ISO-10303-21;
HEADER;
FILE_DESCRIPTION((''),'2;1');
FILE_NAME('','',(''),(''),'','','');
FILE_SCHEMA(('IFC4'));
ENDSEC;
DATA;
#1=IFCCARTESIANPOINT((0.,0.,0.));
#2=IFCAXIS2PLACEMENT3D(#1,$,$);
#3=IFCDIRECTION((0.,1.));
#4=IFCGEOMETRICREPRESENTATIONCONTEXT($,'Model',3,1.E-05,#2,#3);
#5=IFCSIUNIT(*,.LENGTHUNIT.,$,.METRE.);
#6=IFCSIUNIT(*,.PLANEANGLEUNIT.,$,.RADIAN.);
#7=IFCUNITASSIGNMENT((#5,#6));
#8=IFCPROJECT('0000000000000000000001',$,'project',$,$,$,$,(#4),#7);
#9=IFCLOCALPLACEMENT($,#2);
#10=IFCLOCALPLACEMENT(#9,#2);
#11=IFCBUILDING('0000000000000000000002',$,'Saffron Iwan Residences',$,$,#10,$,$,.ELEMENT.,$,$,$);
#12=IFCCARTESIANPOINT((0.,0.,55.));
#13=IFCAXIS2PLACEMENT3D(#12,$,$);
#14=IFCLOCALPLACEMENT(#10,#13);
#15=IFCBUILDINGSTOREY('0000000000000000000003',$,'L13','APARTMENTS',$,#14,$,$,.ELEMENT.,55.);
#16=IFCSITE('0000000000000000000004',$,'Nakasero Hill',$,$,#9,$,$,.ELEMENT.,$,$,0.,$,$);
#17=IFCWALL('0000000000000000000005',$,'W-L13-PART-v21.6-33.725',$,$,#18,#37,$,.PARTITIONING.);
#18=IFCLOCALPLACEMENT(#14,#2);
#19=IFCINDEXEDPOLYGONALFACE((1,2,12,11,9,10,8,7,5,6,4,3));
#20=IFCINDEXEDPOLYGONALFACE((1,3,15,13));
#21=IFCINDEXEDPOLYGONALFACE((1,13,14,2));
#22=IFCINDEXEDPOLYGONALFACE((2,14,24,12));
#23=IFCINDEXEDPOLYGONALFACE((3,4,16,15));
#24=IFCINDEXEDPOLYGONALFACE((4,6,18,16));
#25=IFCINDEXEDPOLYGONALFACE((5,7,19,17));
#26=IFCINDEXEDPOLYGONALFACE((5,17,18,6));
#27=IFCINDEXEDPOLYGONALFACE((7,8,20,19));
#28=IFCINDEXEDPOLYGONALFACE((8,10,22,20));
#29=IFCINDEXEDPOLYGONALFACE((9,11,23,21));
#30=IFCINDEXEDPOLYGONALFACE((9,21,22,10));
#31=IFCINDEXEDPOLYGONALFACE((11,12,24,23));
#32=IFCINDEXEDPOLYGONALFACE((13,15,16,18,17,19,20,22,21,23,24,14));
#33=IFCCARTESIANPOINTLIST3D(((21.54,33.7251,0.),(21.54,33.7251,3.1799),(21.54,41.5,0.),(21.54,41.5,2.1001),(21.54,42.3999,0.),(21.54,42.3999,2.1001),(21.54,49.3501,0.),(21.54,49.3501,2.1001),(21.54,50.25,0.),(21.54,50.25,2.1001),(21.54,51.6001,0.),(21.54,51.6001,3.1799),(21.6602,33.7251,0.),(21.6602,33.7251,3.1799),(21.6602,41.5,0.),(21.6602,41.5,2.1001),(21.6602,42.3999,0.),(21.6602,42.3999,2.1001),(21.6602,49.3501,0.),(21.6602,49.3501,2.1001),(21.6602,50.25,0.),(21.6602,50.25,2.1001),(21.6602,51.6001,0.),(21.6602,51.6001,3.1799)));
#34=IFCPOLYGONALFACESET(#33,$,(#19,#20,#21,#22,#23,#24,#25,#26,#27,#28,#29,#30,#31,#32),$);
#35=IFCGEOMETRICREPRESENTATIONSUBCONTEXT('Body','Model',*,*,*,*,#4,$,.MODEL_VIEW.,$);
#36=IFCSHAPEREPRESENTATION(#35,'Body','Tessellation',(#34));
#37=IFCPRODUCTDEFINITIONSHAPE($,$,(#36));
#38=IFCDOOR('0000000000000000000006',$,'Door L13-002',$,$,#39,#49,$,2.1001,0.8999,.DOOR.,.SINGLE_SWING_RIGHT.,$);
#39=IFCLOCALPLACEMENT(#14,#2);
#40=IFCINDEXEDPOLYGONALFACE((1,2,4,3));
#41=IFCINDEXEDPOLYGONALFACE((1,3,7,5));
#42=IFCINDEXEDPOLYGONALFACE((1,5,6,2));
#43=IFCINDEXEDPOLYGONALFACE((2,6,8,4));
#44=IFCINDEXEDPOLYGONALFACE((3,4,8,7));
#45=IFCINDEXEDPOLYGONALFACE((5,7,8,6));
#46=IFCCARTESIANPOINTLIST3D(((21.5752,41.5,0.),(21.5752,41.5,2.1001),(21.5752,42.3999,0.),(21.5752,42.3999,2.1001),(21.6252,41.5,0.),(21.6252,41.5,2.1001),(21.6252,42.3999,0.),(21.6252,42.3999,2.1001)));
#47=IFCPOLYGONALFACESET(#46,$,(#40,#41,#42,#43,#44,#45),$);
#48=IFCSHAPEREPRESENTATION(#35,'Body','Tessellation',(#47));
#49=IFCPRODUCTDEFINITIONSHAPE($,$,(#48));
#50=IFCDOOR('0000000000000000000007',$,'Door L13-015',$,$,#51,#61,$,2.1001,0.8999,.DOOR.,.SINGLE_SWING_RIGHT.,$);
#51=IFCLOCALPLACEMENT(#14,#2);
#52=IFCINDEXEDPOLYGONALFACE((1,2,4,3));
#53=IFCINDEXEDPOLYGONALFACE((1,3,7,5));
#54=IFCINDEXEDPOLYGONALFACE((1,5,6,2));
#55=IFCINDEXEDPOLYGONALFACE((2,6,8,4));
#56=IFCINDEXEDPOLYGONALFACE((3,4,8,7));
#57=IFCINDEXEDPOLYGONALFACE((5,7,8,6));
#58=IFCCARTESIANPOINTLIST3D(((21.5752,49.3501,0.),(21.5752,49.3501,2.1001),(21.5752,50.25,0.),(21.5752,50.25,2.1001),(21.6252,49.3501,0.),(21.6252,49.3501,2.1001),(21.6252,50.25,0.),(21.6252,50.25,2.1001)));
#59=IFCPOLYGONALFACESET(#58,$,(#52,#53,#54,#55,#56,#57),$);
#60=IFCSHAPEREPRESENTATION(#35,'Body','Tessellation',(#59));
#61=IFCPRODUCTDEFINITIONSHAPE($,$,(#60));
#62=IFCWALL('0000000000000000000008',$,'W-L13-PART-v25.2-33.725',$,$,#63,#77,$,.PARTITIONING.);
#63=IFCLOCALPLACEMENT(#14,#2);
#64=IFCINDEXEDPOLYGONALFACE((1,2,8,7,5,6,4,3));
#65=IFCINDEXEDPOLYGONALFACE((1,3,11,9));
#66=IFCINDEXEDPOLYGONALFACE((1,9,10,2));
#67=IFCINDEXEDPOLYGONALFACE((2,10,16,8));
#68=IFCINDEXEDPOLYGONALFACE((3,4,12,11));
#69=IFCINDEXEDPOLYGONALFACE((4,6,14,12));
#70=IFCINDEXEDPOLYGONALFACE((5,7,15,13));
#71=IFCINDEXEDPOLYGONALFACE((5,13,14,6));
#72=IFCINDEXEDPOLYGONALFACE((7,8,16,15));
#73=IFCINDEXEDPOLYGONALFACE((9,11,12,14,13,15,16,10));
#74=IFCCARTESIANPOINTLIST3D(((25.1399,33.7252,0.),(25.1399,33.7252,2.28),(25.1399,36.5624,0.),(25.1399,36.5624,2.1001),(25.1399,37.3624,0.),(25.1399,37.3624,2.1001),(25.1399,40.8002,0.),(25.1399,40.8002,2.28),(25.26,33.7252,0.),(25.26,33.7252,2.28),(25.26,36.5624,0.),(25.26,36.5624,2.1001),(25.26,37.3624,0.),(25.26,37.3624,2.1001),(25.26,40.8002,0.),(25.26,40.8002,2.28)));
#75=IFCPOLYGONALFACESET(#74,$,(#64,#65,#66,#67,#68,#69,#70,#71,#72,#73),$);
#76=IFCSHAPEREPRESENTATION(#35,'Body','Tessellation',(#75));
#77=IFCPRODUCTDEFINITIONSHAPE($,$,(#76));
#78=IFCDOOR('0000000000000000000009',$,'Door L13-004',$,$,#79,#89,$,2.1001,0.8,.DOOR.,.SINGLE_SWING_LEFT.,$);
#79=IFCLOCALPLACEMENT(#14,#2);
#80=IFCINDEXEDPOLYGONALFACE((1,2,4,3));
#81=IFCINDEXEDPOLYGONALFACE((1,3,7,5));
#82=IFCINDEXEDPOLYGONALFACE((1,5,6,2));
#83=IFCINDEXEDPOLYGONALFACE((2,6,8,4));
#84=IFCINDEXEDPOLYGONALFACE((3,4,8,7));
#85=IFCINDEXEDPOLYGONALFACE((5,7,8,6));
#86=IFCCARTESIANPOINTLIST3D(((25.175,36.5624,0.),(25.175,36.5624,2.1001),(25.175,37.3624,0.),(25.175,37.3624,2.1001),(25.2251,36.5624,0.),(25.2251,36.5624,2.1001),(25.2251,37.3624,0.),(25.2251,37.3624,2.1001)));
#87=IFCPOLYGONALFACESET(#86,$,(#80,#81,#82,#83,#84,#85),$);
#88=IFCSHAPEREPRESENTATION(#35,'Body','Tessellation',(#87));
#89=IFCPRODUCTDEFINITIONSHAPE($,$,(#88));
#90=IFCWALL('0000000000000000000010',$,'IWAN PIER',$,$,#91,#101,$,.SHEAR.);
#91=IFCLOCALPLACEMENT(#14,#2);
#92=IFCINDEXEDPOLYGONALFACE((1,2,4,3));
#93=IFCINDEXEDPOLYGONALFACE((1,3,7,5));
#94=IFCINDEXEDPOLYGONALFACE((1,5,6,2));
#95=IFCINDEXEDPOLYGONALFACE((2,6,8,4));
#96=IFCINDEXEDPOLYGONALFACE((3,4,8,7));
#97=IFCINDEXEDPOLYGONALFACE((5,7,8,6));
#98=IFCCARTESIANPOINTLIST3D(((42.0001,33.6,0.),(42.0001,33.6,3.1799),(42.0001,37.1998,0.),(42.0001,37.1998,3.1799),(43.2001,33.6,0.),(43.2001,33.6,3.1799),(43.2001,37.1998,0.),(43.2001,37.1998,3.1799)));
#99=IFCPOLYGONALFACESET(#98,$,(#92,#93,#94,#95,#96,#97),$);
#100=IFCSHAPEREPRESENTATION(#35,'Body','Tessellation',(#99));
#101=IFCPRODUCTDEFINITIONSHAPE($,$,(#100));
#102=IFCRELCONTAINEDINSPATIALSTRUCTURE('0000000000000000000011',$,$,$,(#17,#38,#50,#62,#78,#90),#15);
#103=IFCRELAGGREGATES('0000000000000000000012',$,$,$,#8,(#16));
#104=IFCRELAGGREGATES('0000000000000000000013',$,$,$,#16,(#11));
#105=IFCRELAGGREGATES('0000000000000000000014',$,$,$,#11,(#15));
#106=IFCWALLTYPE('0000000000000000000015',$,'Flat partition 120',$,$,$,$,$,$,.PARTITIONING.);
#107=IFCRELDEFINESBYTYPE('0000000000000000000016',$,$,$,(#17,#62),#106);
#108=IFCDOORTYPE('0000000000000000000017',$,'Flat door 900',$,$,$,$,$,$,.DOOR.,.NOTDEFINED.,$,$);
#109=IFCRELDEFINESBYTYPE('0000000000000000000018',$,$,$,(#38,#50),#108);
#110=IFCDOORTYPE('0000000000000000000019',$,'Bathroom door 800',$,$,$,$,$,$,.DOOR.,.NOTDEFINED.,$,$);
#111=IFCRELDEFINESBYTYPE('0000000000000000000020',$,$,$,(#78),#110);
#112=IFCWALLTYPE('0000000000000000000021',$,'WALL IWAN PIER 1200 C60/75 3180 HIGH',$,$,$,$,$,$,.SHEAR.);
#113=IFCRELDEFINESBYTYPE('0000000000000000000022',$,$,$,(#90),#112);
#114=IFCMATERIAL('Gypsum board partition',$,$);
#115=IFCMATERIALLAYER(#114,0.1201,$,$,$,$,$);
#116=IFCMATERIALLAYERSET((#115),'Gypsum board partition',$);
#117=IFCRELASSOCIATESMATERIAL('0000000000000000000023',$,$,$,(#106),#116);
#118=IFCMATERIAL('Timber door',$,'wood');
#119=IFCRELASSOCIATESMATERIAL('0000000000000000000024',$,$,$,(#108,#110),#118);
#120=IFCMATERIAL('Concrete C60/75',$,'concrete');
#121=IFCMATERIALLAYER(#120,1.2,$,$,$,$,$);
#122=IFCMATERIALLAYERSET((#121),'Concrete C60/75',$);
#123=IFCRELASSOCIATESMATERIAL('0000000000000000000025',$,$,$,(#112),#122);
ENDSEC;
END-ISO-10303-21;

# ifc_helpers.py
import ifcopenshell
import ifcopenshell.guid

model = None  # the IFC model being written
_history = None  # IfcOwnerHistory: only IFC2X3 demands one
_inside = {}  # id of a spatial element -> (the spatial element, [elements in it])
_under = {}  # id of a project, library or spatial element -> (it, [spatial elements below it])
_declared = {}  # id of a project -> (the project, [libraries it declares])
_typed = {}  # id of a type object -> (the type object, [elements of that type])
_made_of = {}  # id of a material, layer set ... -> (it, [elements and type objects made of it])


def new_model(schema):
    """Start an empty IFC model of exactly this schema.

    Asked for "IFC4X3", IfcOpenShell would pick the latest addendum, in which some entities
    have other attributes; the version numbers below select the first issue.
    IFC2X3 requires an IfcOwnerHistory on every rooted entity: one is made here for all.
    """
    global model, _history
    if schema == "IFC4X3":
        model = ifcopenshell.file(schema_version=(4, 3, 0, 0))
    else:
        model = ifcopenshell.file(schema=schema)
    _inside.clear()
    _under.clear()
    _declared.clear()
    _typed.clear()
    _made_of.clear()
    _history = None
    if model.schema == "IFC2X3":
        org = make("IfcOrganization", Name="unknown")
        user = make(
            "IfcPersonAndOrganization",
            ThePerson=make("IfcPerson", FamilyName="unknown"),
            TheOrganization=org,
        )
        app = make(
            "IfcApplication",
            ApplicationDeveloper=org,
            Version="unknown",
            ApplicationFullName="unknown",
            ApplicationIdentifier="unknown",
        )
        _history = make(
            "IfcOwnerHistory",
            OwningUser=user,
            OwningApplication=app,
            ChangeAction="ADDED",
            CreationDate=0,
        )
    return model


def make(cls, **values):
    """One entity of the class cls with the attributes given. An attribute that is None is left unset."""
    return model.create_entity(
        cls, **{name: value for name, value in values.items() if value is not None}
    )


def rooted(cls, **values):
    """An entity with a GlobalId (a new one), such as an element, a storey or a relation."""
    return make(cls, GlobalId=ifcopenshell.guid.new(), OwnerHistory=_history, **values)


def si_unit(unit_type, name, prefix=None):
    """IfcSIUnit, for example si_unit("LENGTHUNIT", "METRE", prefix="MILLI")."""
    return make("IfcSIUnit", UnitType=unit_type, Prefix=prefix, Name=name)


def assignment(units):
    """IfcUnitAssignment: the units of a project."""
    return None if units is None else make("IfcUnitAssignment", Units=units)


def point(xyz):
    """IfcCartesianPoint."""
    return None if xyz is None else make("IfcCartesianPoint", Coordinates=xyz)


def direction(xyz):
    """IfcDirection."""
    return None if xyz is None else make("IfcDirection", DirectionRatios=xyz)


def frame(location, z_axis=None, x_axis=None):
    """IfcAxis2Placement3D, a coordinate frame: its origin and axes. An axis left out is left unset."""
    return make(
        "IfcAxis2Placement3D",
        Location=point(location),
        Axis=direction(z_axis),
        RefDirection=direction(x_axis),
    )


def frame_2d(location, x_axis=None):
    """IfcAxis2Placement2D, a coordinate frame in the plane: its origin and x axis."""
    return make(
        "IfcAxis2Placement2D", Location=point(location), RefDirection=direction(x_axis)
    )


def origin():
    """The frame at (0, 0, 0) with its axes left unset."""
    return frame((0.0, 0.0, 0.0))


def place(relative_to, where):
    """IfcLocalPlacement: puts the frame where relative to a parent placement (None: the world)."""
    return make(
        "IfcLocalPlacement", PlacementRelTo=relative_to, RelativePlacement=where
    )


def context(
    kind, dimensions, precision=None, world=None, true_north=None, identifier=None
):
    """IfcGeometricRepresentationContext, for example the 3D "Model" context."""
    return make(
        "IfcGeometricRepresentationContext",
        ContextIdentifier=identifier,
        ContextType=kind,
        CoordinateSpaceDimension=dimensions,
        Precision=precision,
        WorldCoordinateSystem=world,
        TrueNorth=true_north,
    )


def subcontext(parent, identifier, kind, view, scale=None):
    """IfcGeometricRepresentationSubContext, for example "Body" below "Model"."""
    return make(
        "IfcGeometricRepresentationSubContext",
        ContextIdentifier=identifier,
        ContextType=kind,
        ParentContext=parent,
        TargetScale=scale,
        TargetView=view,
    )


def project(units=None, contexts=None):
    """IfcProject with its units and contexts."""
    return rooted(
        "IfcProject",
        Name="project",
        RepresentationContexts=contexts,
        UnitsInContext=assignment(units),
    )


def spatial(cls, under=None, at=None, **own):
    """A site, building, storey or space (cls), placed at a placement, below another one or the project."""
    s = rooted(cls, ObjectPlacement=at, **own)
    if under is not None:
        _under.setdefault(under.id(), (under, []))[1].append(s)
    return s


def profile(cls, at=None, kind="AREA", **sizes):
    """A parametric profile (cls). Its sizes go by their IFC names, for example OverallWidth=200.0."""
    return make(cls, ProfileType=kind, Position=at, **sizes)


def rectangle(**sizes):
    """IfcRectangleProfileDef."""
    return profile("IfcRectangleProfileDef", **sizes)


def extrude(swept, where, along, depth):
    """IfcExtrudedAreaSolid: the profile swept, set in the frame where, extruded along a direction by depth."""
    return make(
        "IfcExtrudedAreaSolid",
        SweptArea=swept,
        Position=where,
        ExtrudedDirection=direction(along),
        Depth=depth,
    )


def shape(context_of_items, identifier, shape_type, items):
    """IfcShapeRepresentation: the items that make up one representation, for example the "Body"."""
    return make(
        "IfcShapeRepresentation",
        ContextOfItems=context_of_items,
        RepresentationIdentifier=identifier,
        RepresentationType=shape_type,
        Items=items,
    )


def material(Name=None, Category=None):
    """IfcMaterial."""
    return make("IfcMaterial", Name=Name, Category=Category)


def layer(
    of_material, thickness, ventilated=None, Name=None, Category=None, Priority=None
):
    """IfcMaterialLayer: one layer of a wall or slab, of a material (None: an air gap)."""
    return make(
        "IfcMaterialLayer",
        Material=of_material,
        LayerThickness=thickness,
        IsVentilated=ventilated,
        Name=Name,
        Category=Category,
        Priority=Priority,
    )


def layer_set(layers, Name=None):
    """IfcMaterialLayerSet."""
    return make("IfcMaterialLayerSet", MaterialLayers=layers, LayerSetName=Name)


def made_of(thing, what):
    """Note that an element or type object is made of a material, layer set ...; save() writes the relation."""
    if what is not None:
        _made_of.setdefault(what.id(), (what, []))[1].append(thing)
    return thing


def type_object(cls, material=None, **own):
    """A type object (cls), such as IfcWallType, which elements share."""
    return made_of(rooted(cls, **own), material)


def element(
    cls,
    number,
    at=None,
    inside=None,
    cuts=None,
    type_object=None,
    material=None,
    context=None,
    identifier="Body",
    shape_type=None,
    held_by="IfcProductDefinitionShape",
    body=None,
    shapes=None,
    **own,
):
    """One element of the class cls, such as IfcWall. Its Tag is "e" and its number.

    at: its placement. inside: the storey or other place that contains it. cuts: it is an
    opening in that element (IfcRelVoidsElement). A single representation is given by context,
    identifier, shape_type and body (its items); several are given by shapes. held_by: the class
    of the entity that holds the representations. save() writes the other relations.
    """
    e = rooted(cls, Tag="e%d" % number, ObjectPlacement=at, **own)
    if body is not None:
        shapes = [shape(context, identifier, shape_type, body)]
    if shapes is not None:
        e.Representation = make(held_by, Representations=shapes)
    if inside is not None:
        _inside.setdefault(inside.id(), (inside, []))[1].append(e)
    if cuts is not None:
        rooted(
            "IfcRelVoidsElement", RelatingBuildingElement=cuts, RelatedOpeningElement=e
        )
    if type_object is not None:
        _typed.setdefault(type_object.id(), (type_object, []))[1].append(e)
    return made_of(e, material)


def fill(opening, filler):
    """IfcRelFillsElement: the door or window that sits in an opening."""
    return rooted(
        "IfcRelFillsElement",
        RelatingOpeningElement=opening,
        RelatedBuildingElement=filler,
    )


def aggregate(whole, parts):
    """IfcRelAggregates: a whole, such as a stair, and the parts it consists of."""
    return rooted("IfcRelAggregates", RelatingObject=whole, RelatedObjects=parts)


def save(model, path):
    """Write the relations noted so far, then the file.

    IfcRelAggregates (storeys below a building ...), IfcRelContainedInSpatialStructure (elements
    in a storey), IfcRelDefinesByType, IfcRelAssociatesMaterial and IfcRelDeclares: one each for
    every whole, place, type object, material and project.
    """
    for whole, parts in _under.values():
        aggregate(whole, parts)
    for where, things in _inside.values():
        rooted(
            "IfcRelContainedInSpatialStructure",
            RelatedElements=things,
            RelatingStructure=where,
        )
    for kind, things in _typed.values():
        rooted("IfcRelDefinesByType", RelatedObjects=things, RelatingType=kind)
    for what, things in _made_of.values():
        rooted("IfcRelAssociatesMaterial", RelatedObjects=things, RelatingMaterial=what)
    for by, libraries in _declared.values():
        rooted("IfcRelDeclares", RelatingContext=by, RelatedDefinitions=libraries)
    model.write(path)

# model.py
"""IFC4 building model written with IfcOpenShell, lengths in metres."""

from ifc_helpers import new_model, si_unit, direction, frame, frame_2d, origin, place, context, subcontext, project, spatial, rectangle, extrude, material, layer, layer_set, type_object, element, fill, save


model = new_model("IFC4")

# Units and contexts
model_context = context("Model", 3, precision=1e-05, world=origin(), true_north=direction((0.0, 1.0)))
body_context = subcontext(model_context, "Body", "Model", "MODEL_VIEW")
ifc_project = project(units=[si_unit("LENGTHUNIT", "METRE"), si_unit("PLANEANGLEUNIT", "RADIAN")], contexts=[model_context])

# Site, building, storey
site_placement = place(None, origin())
site = spatial("IfcSite", under=ifc_project, at=site_placement, Name="Nakasero Hill", CompositionType="ELEMENT", RefElevation=0.0)
building_placement = place(site_placement, origin())
building = spatial("IfcBuilding", under=site, at=building_placement, Name="Saffron Iwan Residences", CompositionType="ELEMENT")
storey_placement = place(building_placement, frame((0.0, 0.0, 55.0)))
storey = spatial("IfcBuildingStorey", under=building, at=storey_placement, Name="L13", Description="APARTMENTS", CompositionType="ELEMENT", Elevation=55.0)

# Wall, openings, doors
ifc_material_1 = material(Name="Gypsum board partition")
ifc_layer_1 = layer(ifc_material_1, 0.1201)
ifc_layer_set_1 = layer_set([ifc_layer_1], Name="Gypsum board partition")
wall_type_1 = type_object("IfcWallType", Name="Flat partition 120", PredefinedType="PARTITIONING", material=ifc_layer_set_1)
wall_1_placement = place(storey_placement, frame((21.6001, 33.7251, 0.0), z_axis=(0.0, 0.0, 1.0), x_axis=(0.0, 1.0, 0.0)))
wall_1 = element("IfcWall", 1, at=wall_1_placement, inside=storey, type_object=wall_type_1, Name="W-L13-PART-v21.6-33.725", PredefinedType="PARTITIONING", context=body_context, shape_type="SweptSolid", body=[
    extrude(rectangle(XDim=17.875, YDim=0.1201, at=frame_2d((8.9375, 0.0))), origin(), (0.0, 0.0, 1.0), 3.1799),
])
opening_1_placement = place(wall_1_placement, frame((7.7749, 0.0, 0.0)))
opening_1 = element("IfcOpeningElement", 2, at=opening_1_placement, cuts=wall_1, PredefinedType="OPENING", context=body_context, shape_type="SweptSolid", body=[
    extrude(rectangle(XDim=0.8999, YDim=2.1001, at=frame_2d((0.45, 1.05))), frame((0.0, 0.0701, 0.0), z_axis=(0.0, -1.0, 0.0), x_axis=(1.0, 0.0, 0.0)), (0.0, 0.0, 1.0), 0.1401),
])
opening_2_placement = place(wall_1_placement, frame((15.625, 0.0, 0.0)))
opening_2 = element("IfcOpeningElement", 3, at=opening_2_placement, cuts=wall_1, PredefinedType="OPENING", context=body_context, shape_type="SweptSolid", body=[
    extrude(rectangle(XDim=0.8999, YDim=2.1001, at=frame_2d((0.45, 1.05))), frame((0.0, 0.0701, 0.0), z_axis=(0.0, -1.0, 0.0), x_axis=(1.0, 0.0, 0.0)), (0.0, 0.0, 1.0), 0.1401),
])
ifc_material_2 = material(Name="Timber door", Category="wood")
door_type_1 = type_object("IfcDoorType", Name="Flat door 900", OperationType="NOTDEFINED", PredefinedType="DOOR", material=ifc_material_2)
door_1_placement = place(opening_1_placement, origin())
door_1 = element("IfcDoor", 4, at=door_1_placement, inside=storey, type_object=door_type_1, Name="Door L13-002", OperationType="SINGLE_SWING_RIGHT", OverallHeight=2.1001, OverallWidth=0.8999, PredefinedType="DOOR", context=body_context, shape_type="SweptSolid", body=[
    extrude(rectangle(XDim=0.8999, YDim=2.1001, at=frame_2d((0.45, 1.05))), frame((0.0, 0.0249, 0.0), z_axis=(0.0, -1.0, 0.0), x_axis=(1.0, 0.0, 0.0)), (0.0, 0.0, 1.0), 0.05),
])
fill(opening_1, door_1)
door_2_placement = place(opening_2_placement, origin())
door_2 = element("IfcDoor", 5, at=door_2_placement, inside=storey, type_object=door_type_1, Name="Door L13-015", OperationType="SINGLE_SWING_RIGHT", OverallHeight=2.1001, OverallWidth=0.8999, PredefinedType="DOOR", context=body_context, shape_type="SweptSolid", body=[
    extrude(rectangle(XDim=0.8999, YDim=2.1001, at=frame_2d((0.45, 1.05))), frame((0.0, 0.0249, 0.0), z_axis=(0.0, -1.0, 0.0), x_axis=(1.0, 0.0, 0.0)), (0.0, 0.0, 1.0), 0.05),
])
fill(opening_2, door_2)

# Wall, opening, door
wall_2_placement = place(storey_placement, frame((25.2, 33.7251, 0.0), z_axis=(0.0, 0.0, 1.0), x_axis=(0.0, 1.0, 0.0)))
wall_2 = element("IfcWall", 6, at=wall_2_placement, inside=storey, type_object=wall_type_1, Name="W-L13-PART-v25.2-33.725", PredefinedType="PARTITIONING", context=body_context, shape_type="SweptSolid", body=[
    extrude(rectangle(XDim=7.075, YDim=0.1201, at=frame_2d((3.5376, 0.0))), origin(), (0.0, 0.0, 1.0), 2.28),
])
opening_3_placement = place(wall_2_placement, frame((2.8374, 0.0, 0.0)))
opening_3 = element("IfcOpeningElement", 7, at=opening_3_placement, cuts=wall_2, PredefinedType="OPENING", context=body_context, shape_type="SweptSolid", body=[
    extrude(rectangle(XDim=0.8, YDim=2.1001, at=frame_2d((0.3999, 1.05))), frame((0.0, 0.0701, 0.0), z_axis=(0.0, -1.0, 0.0), x_axis=(1.0, 0.0, 0.0)), (0.0, 0.0, 1.0), 0.1401),
])
door_type_2 = type_object("IfcDoorType", Name="Bathroom door 800", OperationType="NOTDEFINED", PredefinedType="DOOR", material=ifc_material_2)
door_3_placement = place(opening_3_placement, origin())
door_3 = element("IfcDoor", 8, at=door_3_placement, inside=storey, type_object=door_type_2, Name="Door L13-004", OperationType="SINGLE_SWING_LEFT", OverallHeight=2.1001, OverallWidth=0.8, PredefinedType="DOOR", context=body_context, shape_type="SweptSolid", body=[
    extrude(rectangle(XDim=0.8, YDim=2.1001, at=frame_2d((0.3999, 1.05))), frame((0.0, 0.0249, 0.0), z_axis=(0.0, -1.0, 0.0), x_axis=(1.0, 0.0, 0.0)), (0.0, 0.0, 1.0), 0.05),
])
fill(opening_3, door_3)

# Wall
ifc_material_3 = material(Name="Concrete C60/75", Category="concrete")
ifc_layer_2 = layer(ifc_material_3, 1.2)
ifc_layer_set_2 = layer_set([ifc_layer_2], Name="Concrete C60/75")
wall_type_2 = type_object("IfcWallType", Name="WALL IWAN PIER 1200 C60/75 3180 HIGH", PredefinedType="SHEAR", material=ifc_layer_set_2)
wall_3_placement = place(storey_placement, frame((42.6001, 33.6001, 0.0), z_axis=(0.0, 0.0, 1.0), x_axis=(0.0, 1.0, 0.0)))
element("IfcWall", 9, at=wall_3_placement, inside=storey, type_object=wall_type_2, Name="IWAN PIER", PredefinedType="SHEAR", context=body_context, shape_type="SweptSolid", body=[
    extrude(rectangle(XDim=3.5999, YDim=1.2, at=frame_2d((1.7998, 0.0))), origin(), (0.0, 0.0, 1.0), 3.1799),
])

save(model, "model.ifc")
